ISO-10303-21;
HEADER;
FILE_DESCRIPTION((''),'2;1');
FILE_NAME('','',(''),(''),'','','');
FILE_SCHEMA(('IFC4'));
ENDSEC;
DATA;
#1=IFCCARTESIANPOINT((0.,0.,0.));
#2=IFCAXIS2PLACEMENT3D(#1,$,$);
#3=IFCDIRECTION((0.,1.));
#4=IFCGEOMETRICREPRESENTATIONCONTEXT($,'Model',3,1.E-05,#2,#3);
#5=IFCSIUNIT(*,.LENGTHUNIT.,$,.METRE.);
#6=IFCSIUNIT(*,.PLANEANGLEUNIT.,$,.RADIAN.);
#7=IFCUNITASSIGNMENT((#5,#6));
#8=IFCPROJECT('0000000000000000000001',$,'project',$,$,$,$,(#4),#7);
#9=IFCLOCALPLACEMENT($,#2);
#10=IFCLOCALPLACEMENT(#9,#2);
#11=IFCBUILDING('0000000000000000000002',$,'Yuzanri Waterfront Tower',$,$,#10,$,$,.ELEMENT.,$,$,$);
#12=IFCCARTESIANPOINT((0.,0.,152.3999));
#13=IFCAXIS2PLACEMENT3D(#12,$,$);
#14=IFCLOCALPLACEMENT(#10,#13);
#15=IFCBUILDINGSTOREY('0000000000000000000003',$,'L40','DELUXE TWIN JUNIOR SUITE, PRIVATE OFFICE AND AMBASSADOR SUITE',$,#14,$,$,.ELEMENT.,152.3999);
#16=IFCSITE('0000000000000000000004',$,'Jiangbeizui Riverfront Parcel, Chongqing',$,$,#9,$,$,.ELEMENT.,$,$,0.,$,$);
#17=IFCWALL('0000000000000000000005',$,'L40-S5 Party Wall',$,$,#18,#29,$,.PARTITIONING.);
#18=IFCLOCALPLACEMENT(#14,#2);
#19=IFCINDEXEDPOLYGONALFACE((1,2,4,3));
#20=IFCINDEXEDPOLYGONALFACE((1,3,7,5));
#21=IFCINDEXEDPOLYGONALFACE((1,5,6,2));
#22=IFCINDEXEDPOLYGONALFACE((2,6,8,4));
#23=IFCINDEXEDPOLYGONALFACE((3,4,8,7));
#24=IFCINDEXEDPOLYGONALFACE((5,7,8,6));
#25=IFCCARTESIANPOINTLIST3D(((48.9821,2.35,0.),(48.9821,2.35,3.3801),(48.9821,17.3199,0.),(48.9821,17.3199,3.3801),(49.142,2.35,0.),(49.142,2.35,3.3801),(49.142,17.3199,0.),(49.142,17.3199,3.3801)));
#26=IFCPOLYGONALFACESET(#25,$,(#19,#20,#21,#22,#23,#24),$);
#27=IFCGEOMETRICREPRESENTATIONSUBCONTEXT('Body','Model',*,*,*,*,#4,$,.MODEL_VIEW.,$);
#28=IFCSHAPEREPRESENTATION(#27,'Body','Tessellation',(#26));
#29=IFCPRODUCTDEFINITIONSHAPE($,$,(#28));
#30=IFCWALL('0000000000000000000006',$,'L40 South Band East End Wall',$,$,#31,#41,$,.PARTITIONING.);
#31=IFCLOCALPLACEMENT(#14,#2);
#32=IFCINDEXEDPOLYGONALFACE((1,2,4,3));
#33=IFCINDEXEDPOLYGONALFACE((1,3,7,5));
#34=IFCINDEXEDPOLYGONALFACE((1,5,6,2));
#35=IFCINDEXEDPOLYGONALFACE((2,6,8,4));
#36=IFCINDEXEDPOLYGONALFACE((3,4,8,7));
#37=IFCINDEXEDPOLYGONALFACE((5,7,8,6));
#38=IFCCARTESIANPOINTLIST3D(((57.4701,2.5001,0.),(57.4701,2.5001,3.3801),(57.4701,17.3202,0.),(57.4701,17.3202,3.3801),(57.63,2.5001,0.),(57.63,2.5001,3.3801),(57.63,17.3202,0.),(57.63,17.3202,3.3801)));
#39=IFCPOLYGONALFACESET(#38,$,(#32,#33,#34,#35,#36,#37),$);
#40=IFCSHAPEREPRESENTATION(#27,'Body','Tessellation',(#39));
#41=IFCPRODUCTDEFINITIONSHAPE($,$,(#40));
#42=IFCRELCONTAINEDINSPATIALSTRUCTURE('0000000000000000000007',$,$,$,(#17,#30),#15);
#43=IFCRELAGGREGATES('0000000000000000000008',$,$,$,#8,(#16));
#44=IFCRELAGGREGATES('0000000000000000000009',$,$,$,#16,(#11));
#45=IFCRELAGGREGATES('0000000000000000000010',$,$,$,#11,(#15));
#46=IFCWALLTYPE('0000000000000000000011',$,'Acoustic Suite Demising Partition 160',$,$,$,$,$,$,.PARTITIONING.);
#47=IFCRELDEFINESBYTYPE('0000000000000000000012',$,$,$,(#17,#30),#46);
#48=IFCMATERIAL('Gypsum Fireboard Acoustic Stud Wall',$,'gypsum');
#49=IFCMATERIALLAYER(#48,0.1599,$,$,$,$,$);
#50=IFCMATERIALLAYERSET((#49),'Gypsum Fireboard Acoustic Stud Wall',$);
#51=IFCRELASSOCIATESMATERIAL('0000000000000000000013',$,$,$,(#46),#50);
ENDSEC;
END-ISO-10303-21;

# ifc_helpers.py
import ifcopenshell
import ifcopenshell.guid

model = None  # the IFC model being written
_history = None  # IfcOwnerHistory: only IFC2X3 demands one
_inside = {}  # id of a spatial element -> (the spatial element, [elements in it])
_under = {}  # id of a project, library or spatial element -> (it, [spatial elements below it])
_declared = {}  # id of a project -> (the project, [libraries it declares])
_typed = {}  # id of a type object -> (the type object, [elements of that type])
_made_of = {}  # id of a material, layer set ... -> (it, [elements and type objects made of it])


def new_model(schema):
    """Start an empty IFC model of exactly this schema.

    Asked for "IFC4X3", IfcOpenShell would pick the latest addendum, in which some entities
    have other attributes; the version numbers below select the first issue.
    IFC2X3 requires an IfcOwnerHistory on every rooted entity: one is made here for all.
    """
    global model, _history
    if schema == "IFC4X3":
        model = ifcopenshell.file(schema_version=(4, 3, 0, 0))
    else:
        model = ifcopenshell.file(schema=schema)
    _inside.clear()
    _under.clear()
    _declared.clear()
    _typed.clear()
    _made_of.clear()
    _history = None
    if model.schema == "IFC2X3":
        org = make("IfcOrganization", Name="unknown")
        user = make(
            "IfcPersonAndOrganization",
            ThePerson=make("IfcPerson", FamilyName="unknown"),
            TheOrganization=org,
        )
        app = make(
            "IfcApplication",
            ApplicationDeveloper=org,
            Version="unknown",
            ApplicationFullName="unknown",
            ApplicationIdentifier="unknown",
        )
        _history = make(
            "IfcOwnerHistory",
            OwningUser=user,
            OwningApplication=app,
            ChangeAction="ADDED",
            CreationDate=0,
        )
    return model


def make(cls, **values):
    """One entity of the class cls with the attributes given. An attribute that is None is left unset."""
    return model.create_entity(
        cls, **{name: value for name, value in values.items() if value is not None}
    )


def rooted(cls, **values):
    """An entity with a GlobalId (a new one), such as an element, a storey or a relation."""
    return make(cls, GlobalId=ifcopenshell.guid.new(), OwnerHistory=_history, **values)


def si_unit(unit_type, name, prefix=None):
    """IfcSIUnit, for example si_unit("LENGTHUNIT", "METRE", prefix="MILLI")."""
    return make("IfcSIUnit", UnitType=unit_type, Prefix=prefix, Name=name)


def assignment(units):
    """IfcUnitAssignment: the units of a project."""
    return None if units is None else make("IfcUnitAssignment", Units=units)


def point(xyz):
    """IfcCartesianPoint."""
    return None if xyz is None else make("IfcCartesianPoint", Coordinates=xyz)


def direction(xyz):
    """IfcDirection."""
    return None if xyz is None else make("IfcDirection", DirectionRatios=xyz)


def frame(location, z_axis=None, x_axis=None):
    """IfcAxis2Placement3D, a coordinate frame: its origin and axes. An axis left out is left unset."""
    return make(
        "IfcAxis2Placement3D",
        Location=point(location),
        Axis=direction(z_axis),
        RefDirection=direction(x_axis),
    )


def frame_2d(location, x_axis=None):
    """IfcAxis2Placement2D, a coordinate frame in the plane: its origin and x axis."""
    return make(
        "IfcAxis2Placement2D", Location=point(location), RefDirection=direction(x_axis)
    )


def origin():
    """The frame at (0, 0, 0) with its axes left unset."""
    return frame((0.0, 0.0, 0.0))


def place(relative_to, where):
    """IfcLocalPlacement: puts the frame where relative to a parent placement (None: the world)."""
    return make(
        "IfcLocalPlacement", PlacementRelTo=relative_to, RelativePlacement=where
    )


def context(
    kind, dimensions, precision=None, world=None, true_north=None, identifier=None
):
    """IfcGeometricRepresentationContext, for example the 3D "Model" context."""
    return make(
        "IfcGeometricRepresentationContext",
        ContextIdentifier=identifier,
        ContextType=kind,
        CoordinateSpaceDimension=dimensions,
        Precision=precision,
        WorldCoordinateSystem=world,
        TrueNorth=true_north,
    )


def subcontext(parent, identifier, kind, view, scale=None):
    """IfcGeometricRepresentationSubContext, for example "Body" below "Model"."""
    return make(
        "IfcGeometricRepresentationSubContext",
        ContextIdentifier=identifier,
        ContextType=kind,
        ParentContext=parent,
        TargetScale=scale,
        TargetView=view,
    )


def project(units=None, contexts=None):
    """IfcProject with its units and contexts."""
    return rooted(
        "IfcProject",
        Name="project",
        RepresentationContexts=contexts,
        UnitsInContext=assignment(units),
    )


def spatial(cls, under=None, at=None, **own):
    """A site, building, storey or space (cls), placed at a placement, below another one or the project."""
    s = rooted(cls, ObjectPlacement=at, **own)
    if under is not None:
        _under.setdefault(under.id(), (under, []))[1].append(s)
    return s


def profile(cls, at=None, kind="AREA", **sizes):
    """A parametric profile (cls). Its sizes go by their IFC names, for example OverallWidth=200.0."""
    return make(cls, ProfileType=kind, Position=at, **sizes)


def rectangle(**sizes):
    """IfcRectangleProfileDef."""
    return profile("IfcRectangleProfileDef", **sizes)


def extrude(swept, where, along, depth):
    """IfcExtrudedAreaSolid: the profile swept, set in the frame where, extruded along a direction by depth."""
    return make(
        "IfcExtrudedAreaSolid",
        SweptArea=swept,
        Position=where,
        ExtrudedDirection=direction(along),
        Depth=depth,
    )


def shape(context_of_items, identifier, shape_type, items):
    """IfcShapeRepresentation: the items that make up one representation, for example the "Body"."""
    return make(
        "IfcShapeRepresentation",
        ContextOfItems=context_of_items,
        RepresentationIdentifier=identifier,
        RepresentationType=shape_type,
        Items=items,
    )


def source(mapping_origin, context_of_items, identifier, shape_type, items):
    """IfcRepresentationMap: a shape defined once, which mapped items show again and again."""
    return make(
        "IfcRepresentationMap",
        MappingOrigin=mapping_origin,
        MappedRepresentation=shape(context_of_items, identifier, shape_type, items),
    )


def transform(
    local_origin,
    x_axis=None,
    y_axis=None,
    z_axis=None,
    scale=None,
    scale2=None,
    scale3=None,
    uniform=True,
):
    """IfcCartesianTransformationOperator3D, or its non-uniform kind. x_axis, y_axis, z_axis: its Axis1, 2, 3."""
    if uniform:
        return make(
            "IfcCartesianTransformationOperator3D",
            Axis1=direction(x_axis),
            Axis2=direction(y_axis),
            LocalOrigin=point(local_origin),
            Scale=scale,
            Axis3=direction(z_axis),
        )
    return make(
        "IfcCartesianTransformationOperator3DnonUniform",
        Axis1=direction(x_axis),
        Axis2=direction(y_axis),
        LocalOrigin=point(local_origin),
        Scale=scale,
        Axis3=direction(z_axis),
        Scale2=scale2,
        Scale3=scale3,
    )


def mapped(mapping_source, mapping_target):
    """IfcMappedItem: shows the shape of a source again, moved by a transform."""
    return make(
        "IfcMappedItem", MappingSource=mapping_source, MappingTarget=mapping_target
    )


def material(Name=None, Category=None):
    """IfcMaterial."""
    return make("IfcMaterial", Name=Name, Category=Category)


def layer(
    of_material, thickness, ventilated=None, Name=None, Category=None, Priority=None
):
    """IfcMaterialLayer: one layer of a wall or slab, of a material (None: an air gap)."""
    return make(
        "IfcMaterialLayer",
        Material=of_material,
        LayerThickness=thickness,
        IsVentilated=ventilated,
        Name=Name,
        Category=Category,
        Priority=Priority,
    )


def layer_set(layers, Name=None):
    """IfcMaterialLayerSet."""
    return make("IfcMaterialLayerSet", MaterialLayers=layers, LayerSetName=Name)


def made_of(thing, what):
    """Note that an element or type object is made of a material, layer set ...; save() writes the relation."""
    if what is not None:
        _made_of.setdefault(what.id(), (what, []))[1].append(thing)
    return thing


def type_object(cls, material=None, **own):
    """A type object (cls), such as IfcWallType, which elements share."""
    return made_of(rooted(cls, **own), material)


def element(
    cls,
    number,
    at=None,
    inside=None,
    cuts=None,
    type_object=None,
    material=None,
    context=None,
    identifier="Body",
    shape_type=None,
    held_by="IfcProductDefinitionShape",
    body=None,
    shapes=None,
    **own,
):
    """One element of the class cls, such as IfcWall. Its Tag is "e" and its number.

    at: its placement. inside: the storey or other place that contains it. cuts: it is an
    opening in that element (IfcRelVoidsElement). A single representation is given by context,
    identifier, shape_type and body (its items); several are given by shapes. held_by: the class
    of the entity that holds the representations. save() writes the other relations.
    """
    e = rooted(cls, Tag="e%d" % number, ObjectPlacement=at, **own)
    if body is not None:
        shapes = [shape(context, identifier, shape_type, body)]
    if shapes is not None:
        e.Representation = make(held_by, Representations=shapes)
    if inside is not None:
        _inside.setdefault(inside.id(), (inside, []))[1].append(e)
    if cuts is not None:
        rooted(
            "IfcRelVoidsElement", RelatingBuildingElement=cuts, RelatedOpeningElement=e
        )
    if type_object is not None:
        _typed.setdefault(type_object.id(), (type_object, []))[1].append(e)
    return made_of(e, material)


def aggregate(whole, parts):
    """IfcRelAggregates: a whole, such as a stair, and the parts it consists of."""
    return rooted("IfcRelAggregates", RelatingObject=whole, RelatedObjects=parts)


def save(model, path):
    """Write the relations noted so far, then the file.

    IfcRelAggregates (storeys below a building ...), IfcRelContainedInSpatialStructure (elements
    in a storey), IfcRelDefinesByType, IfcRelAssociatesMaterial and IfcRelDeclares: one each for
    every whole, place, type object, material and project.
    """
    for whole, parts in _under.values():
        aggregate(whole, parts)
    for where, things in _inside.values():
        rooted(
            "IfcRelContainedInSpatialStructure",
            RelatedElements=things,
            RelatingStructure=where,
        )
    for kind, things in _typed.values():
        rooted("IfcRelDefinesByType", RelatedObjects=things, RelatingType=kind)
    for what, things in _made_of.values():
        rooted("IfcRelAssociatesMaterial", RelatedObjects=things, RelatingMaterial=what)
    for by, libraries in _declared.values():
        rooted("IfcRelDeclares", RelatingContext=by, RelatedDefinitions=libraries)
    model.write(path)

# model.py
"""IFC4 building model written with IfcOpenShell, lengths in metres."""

from ifc_helpers import new_model, si_unit, direction, frame, frame_2d, origin, place, context, subcontext, project, spatial, rectangle, extrude, source, transform, mapped, material, layer, layer_set, type_object, element, save


model = new_model("IFC4")

# Units and contexts
model_context = context("Model", 3, precision=1e-05, world=origin(), true_north=direction((0.0, 1.0)))
body_context = subcontext(model_context, "Body", "Model", "MODEL_VIEW")
ifc_project = project(units=[si_unit("LENGTHUNIT", "METRE"), si_unit("PLANEANGLEUNIT", "RADIAN")], contexts=[model_context])

# Site, building, storey
site_placement = place(None, origin())
site = spatial("IfcSite", under=ifc_project, at=site_placement, Name="Jiangbeizui Riverfront Parcel, Chongqing", CompositionType="ELEMENT", RefElevation=0.0)
building_placement = place(site_placement, origin())
building = spatial("IfcBuilding", under=site, at=building_placement, Name="Yuzanri Waterfront Tower", CompositionType="ELEMENT")
storey_placement = place(building_placement, frame((0.0, 0.0, 152.3999)))
storey = spatial("IfcBuildingStorey", under=building, at=storey_placement, Name="L40", Description="DELUXE TWIN JUNIOR SUITE, PRIVATE OFFICE AND AMBASSADOR SUITE", CompositionType="ELEMENT", Elevation=152.3999)

# Walls
ifc_material_1 = material(Name="Gypsum Fireboard Acoustic Stud Wall", Category="gypsum")
ifc_layer_1 = layer(ifc_material_1, 0.1599)
ifc_layer_set_1 = layer_set([ifc_layer_1], Name="Gypsum Fireboard Acoustic Stud Wall")
wall_type_1 = type_object("IfcWallType", Name="Acoustic Suite Demising Partition 160", PredefinedType="PARTITIONING", material=ifc_layer_set_1)
shared_shape_1 = source(origin(), body_context, "Body", "SweptSolid", [
    extrude(rectangle(XDim=14.97, YDim=0.1599, at=frame_2d((7.4849, 0.0))), origin(), (0.0, 0.0, 1.0), 3.3801),
])
wall_1_placement = place(storey_placement, frame((49.062, 2.3501, 0.0), z_axis=(0.0, 0.0, 1.0), x_axis=(0.0, 1.0, 0.0)))
element("IfcWall", 1, at=wall_1_placement, inside=storey, type_object=wall_type_1, Name="L40-S5 Party Wall", PredefinedType="PARTITIONING", context=body_context, shape_type="MappedRepresentation", body=[
    mapped(shared_shape_1, transform((0.0, 0.0, 0.0), scale=1.0)),
])
shared_shape_2 = source(origin(), body_context, "Body", "SweptSolid", [
    extrude(rectangle(XDim=14.8201, YDim=0.1599, at=frame_2d((7.4102, 0.0))), origin(), (0.0, 0.0, 1.0), 3.3801),
])
wall_2_placement = place(storey_placement, frame((57.55, 2.5, 0.0), z_axis=(0.0, 0.0, 1.0), x_axis=(0.0, 1.0, 0.0)))
element("IfcWall", 2, at=wall_2_placement, inside=storey, type_object=wall_type_1, Name="L40 South Band East End Wall", PredefinedType="PARTITIONING", context=body_context, shape_type="MappedRepresentation", body=[
    mapped(shared_shape_2, transform((0.0, 0.0, 0.0), scale=1.0)),
])

save(model, "model.ifc")
